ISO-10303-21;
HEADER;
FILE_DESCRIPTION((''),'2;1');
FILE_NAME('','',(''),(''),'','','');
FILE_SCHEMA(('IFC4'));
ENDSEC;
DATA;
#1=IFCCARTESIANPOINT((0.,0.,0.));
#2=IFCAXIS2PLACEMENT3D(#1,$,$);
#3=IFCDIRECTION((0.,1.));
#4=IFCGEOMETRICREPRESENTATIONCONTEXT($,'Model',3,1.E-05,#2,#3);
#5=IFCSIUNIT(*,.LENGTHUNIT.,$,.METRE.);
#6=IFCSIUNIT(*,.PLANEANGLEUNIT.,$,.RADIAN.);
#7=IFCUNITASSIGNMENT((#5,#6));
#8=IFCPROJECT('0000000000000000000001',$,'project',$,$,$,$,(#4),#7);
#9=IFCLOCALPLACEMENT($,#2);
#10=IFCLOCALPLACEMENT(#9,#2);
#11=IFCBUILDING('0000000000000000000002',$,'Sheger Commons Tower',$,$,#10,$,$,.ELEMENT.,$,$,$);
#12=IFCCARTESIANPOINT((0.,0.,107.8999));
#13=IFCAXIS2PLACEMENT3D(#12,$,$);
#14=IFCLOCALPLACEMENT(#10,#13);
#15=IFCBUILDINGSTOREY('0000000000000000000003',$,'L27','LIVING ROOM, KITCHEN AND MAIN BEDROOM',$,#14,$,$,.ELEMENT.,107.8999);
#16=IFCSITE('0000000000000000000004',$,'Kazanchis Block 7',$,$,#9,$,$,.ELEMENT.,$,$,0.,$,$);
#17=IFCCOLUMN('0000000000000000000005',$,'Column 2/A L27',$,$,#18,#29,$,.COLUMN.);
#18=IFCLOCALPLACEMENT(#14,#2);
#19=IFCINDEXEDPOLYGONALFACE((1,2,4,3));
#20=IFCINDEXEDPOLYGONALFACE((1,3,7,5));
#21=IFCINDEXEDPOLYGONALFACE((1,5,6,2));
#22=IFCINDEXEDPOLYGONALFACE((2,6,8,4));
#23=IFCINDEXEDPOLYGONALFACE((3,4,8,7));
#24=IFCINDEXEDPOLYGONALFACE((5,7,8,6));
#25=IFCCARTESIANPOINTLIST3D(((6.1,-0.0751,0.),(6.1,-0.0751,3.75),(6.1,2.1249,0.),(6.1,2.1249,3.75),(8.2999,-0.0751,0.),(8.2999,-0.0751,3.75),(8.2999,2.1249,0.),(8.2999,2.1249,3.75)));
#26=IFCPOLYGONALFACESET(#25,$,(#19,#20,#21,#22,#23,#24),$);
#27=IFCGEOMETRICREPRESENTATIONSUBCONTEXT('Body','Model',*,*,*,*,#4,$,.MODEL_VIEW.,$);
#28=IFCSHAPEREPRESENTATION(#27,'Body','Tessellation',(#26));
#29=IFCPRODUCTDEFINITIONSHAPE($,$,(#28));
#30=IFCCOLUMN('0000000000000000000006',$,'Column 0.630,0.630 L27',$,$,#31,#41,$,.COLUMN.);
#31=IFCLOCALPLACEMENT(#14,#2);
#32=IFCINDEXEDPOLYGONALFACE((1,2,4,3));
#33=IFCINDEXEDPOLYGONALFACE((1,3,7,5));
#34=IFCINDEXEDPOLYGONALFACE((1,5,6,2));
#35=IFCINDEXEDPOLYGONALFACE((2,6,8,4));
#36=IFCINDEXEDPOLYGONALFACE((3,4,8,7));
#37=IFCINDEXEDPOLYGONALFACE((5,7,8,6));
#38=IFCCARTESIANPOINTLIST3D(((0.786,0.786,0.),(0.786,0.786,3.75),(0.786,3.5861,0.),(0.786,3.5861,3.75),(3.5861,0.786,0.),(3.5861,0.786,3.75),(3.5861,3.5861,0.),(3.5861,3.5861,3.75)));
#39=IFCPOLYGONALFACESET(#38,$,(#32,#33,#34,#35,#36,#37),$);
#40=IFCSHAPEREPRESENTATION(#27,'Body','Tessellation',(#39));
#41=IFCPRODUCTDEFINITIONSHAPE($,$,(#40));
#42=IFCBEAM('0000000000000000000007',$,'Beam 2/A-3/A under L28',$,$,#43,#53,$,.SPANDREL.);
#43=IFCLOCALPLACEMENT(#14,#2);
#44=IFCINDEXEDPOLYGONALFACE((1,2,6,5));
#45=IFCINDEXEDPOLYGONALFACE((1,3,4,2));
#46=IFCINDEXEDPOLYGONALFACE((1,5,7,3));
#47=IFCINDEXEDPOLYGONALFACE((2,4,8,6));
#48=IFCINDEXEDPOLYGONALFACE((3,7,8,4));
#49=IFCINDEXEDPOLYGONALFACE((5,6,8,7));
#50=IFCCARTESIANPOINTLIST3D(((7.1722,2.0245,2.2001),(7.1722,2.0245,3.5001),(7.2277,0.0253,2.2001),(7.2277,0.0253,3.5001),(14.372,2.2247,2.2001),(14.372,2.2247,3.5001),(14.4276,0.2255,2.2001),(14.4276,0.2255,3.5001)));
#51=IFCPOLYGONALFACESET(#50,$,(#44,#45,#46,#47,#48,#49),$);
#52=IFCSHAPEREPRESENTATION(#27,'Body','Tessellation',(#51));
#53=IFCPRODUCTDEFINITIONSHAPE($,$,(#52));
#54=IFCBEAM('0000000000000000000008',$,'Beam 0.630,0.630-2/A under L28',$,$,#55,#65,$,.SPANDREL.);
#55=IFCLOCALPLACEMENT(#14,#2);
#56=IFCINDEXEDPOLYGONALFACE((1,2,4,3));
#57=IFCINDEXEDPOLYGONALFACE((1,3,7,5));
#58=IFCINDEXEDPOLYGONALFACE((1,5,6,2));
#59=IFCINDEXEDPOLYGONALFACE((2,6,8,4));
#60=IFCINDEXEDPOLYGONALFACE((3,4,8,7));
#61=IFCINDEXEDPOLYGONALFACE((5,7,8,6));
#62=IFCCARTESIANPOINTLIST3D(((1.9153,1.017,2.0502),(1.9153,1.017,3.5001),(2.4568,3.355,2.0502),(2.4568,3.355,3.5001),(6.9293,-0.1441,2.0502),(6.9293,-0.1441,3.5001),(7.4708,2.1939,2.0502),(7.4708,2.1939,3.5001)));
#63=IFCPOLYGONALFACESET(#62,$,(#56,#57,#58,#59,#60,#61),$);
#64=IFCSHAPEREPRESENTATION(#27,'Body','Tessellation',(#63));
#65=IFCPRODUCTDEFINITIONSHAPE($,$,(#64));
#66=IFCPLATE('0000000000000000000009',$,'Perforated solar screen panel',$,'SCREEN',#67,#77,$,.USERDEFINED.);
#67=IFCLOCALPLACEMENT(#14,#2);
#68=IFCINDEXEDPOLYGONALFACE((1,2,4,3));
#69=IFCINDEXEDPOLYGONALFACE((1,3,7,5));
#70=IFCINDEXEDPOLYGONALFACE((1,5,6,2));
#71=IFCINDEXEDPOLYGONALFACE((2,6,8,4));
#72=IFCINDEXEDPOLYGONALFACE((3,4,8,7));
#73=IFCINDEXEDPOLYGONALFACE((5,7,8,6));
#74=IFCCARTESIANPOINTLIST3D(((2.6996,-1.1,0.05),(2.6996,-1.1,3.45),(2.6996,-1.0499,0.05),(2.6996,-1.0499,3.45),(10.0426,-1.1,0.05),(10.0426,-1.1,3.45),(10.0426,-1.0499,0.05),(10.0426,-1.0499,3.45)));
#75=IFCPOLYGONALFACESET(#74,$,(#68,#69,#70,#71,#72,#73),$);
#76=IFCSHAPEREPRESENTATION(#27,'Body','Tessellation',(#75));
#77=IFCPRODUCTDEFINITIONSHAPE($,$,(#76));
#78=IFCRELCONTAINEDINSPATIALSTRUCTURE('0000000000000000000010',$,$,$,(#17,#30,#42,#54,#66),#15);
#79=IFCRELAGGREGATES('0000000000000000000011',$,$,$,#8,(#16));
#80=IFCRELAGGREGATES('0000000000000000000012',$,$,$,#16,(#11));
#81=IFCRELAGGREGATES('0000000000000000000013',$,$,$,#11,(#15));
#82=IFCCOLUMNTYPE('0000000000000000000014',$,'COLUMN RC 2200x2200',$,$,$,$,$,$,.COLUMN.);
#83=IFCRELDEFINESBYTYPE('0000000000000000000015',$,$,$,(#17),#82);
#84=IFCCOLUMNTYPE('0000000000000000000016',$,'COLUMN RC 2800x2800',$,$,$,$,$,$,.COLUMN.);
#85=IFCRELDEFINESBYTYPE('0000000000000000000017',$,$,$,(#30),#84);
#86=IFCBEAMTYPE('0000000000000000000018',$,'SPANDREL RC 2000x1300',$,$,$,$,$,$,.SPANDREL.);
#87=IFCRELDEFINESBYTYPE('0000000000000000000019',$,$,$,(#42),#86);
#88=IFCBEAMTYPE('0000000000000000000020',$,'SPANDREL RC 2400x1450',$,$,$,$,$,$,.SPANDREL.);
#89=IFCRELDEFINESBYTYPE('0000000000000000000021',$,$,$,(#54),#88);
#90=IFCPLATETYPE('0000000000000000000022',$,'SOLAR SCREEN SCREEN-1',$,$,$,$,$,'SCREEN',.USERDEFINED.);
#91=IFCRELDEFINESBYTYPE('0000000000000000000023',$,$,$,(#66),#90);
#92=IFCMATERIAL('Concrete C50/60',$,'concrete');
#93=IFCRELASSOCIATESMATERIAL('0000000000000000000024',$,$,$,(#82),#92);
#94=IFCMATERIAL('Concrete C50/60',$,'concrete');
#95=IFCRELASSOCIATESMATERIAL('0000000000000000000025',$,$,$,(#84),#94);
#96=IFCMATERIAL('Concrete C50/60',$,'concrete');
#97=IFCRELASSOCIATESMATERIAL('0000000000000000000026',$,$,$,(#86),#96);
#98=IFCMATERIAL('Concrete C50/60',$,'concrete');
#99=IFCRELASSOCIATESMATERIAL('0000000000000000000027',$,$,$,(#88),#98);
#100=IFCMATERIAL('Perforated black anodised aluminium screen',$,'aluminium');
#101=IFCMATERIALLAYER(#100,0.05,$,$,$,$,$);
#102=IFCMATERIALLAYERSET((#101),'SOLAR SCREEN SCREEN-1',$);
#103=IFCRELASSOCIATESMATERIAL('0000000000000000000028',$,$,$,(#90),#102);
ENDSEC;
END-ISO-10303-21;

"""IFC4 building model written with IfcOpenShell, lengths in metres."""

from ifc_helpers import new_model, si_unit, direction, frame, origin, origin_2d, place, context, subcontext, project, spatial, rectangle, extrude, material, layer, layer_set, material_profile, profile_set, type_object, element, save


model = new_model("IFC4")

# Units and contexts
model_context = context("Model", 3, precision=1e-05, world=origin(), true_north=direction((0.0, 1.0)))
body_context = subcontext(model_context, "Body", "Model", "MODEL_VIEW")
ifc_project = project(units=[si_unit("LENGTHUNIT", "METRE"), si_unit("PLANEANGLEUNIT", "RADIAN")], contexts=[model_context])

# Site, building, storey
site_placement = place(None, origin())
site = spatial("IfcSite", under=ifc_project, at=site_placement, Name="Kazanchis Block 7", CompositionType="ELEMENT", RefElevation=0.0)
building_placement = place(site_placement, origin())
building = spatial("IfcBuilding", under=site, at=building_placement, Name="Sheger Commons Tower", CompositionType="ELEMENT")
storey_placement = place(building_placement, frame((0.0, 0.0, 107.8999)))
storey = spatial("IfcBuildingStorey", under=building, at=storey_placement, Name="L27", Description="LIVING ROOM, KITCHEN AND MAIN BEDROOM", CompositionType="ELEMENT", Elevation=107.8999)

# Columns
ifc_material_1 = material(Name="Concrete C50/60", Category="concrete")
ifc_material_profile_1 = material_profile(ifc_material_1, rectangle(XDim=2.2, YDim=2.2, at=origin_2d()), Name="RC 2200x2200")
ifc_profile_set_1 = profile_set([ifc_material_profile_1], Name="Concrete C50/60")
column_type_1 = type_object("IfcColumnType", Name="COLUMN RC 2200x2200", PredefinedType="COLUMN", material=ifc_profile_set_1)
column_1_placement = place(storey_placement, frame((7.2, 1.0249, 0.0), z_axis=(0.0, 0.0, 1.0), x_axis=(1.0, 0.0, 0.0)))
element("IfcColumn", 1, at=column_1_placement, inside=storey, type_object=column_type_1, Name="Column 2/A L27", PredefinedType="COLUMN", context=body_context, shape_type="SweptSolid", body=[
    extrude(rectangle(XDim=2.2, YDim=2.2, at=origin_2d()), origin(), (0.0, 0.0, 1.0), 3.75),
])
ifc_material_2 = material(Name="Concrete C50/60", Category="concrete")
ifc_material_profile_2 = material_profile(ifc_material_2, rectangle(XDim=2.8, YDim=2.8, at=origin_2d()), Name="RC 2800x2800")
ifc_profile_set_2 = profile_set([ifc_material_profile_2], Name="Concrete C50/60")
column_type_2 = type_object("IfcColumnType", Name="COLUMN RC 2800x2800", PredefinedType="COLUMN", material=ifc_profile_set_2)
column_2_placement = place(storey_placement, frame((2.186, 2.186, 0.0), z_axis=(0.0, 0.0, 1.0), x_axis=(1.0, 0.0, 0.0)))
element("IfcColumn", 2, at=column_2_placement, inside=storey, type_object=column_type_2, Name="Column 0.630,0.630 L27", PredefinedType="COLUMN", context=body_context, shape_type="SweptSolid", body=[
    extrude(rectangle(XDim=2.8, YDim=2.8, at=origin_2d()), origin(), (0.0, 0.0, 1.0), 3.75),
])

# Beams
ifc_material_3 = material(Name="Concrete C50/60", Category="concrete")
ifc_material_profile_3 = material_profile(ifc_material_3, rectangle(XDim=2.0, YDim=1.3, at=origin_2d()), Name="RC 2000x1300")
ifc_profile_set_3 = profile_set([ifc_material_profile_3], Name="Concrete C50/60")
beam_type_1 = type_object("IfcBeamType", Name="SPANDREL RC 2000x1300", PredefinedType="SPANDREL", material=ifc_profile_set_3)
beam_1_placement = place(storey_placement, frame((7.2, 1.0249, 2.8501), z_axis=(0.999614, 0.027794, 0.0), x_axis=(-0.027794, 0.999614, 0.0)))
element("IfcBeam", 3, at=beam_1_placement, inside=storey, type_object=beam_type_1, Name="Beam 2/A-3/A under L28", PredefinedType="SPANDREL", context=body_context, shape_type="SweptSolid", body=[
    extrude(rectangle(XDim=2.0, YDim=1.3, at=origin_2d()), origin(), (0.0, 0.0, 1.0), 7.2026),
])
ifc_material_4 = material(Name="Concrete C50/60", Category="concrete")
ifc_material_profile_4 = material_profile(ifc_material_4, rectangle(XDim=2.3999, YDim=1.45, at=origin_2d()), Name="RC 2400x1450")
ifc_profile_set_4 = profile_set([ifc_material_profile_4], Name="Concrete C50/60")
beam_type_2 = type_object("IfcBeamType", Name="SPANDREL RC 2400x1450", PredefinedType="SPANDREL", material=ifc_profile_set_4)
beam_2_placement = place(storey_placement, frame((2.186, 2.186, 2.7751), z_axis=(0.974217, -0.225611, 0.0), x_axis=(0.225611, 0.974217, 0.0)))
element("IfcBeam", 4, at=beam_2_placement, inside=storey, type_object=beam_type_2, Name="Beam 0.630,0.630-2/A under L28", PredefinedType="SPANDREL", context=body_context, shape_type="SweptSolid", body=[
    extrude(rectangle(XDim=2.3999, YDim=1.45, at=origin_2d()), origin(), (0.0, 0.0, 1.0), 5.1467),
])

# Plate
ifc_material_5 = material(Name="Perforated black anodised aluminium screen", Category="aluminium")
ifc_layer_1 = layer(ifc_material_5, 0.05)
ifc_layer_set_1 = layer_set([ifc_layer_1], Name="SOLAR SCREEN SCREEN-1")
plate_type = type_object("IfcPlateType", Name="SOLAR SCREEN SCREEN-1", ElementType="SCREEN", PredefinedType="USERDEFINED", material=ifc_layer_set_1)
plate_placement = place(storey_placement, frame((6.3711, -1.075, 0.05), z_axis=(0.0, 0.0, 1.0), x_axis=(1.0, 0.0, 0.0)))
element("IfcPlate", 5, at=plate_placement, inside=storey, type_object=plate_type, Name="Perforated solar screen panel", ObjectType="SCREEN", PredefinedType="USERDEFINED", context=body_context, shape_type="SweptSolid", body=[
    extrude(rectangle(XDim=7.343, YDim=0.05, at=origin_2d()), origin(), (0.0, 0.0, 1.0), 3.3999),
])

save(model, "model.ifc")
